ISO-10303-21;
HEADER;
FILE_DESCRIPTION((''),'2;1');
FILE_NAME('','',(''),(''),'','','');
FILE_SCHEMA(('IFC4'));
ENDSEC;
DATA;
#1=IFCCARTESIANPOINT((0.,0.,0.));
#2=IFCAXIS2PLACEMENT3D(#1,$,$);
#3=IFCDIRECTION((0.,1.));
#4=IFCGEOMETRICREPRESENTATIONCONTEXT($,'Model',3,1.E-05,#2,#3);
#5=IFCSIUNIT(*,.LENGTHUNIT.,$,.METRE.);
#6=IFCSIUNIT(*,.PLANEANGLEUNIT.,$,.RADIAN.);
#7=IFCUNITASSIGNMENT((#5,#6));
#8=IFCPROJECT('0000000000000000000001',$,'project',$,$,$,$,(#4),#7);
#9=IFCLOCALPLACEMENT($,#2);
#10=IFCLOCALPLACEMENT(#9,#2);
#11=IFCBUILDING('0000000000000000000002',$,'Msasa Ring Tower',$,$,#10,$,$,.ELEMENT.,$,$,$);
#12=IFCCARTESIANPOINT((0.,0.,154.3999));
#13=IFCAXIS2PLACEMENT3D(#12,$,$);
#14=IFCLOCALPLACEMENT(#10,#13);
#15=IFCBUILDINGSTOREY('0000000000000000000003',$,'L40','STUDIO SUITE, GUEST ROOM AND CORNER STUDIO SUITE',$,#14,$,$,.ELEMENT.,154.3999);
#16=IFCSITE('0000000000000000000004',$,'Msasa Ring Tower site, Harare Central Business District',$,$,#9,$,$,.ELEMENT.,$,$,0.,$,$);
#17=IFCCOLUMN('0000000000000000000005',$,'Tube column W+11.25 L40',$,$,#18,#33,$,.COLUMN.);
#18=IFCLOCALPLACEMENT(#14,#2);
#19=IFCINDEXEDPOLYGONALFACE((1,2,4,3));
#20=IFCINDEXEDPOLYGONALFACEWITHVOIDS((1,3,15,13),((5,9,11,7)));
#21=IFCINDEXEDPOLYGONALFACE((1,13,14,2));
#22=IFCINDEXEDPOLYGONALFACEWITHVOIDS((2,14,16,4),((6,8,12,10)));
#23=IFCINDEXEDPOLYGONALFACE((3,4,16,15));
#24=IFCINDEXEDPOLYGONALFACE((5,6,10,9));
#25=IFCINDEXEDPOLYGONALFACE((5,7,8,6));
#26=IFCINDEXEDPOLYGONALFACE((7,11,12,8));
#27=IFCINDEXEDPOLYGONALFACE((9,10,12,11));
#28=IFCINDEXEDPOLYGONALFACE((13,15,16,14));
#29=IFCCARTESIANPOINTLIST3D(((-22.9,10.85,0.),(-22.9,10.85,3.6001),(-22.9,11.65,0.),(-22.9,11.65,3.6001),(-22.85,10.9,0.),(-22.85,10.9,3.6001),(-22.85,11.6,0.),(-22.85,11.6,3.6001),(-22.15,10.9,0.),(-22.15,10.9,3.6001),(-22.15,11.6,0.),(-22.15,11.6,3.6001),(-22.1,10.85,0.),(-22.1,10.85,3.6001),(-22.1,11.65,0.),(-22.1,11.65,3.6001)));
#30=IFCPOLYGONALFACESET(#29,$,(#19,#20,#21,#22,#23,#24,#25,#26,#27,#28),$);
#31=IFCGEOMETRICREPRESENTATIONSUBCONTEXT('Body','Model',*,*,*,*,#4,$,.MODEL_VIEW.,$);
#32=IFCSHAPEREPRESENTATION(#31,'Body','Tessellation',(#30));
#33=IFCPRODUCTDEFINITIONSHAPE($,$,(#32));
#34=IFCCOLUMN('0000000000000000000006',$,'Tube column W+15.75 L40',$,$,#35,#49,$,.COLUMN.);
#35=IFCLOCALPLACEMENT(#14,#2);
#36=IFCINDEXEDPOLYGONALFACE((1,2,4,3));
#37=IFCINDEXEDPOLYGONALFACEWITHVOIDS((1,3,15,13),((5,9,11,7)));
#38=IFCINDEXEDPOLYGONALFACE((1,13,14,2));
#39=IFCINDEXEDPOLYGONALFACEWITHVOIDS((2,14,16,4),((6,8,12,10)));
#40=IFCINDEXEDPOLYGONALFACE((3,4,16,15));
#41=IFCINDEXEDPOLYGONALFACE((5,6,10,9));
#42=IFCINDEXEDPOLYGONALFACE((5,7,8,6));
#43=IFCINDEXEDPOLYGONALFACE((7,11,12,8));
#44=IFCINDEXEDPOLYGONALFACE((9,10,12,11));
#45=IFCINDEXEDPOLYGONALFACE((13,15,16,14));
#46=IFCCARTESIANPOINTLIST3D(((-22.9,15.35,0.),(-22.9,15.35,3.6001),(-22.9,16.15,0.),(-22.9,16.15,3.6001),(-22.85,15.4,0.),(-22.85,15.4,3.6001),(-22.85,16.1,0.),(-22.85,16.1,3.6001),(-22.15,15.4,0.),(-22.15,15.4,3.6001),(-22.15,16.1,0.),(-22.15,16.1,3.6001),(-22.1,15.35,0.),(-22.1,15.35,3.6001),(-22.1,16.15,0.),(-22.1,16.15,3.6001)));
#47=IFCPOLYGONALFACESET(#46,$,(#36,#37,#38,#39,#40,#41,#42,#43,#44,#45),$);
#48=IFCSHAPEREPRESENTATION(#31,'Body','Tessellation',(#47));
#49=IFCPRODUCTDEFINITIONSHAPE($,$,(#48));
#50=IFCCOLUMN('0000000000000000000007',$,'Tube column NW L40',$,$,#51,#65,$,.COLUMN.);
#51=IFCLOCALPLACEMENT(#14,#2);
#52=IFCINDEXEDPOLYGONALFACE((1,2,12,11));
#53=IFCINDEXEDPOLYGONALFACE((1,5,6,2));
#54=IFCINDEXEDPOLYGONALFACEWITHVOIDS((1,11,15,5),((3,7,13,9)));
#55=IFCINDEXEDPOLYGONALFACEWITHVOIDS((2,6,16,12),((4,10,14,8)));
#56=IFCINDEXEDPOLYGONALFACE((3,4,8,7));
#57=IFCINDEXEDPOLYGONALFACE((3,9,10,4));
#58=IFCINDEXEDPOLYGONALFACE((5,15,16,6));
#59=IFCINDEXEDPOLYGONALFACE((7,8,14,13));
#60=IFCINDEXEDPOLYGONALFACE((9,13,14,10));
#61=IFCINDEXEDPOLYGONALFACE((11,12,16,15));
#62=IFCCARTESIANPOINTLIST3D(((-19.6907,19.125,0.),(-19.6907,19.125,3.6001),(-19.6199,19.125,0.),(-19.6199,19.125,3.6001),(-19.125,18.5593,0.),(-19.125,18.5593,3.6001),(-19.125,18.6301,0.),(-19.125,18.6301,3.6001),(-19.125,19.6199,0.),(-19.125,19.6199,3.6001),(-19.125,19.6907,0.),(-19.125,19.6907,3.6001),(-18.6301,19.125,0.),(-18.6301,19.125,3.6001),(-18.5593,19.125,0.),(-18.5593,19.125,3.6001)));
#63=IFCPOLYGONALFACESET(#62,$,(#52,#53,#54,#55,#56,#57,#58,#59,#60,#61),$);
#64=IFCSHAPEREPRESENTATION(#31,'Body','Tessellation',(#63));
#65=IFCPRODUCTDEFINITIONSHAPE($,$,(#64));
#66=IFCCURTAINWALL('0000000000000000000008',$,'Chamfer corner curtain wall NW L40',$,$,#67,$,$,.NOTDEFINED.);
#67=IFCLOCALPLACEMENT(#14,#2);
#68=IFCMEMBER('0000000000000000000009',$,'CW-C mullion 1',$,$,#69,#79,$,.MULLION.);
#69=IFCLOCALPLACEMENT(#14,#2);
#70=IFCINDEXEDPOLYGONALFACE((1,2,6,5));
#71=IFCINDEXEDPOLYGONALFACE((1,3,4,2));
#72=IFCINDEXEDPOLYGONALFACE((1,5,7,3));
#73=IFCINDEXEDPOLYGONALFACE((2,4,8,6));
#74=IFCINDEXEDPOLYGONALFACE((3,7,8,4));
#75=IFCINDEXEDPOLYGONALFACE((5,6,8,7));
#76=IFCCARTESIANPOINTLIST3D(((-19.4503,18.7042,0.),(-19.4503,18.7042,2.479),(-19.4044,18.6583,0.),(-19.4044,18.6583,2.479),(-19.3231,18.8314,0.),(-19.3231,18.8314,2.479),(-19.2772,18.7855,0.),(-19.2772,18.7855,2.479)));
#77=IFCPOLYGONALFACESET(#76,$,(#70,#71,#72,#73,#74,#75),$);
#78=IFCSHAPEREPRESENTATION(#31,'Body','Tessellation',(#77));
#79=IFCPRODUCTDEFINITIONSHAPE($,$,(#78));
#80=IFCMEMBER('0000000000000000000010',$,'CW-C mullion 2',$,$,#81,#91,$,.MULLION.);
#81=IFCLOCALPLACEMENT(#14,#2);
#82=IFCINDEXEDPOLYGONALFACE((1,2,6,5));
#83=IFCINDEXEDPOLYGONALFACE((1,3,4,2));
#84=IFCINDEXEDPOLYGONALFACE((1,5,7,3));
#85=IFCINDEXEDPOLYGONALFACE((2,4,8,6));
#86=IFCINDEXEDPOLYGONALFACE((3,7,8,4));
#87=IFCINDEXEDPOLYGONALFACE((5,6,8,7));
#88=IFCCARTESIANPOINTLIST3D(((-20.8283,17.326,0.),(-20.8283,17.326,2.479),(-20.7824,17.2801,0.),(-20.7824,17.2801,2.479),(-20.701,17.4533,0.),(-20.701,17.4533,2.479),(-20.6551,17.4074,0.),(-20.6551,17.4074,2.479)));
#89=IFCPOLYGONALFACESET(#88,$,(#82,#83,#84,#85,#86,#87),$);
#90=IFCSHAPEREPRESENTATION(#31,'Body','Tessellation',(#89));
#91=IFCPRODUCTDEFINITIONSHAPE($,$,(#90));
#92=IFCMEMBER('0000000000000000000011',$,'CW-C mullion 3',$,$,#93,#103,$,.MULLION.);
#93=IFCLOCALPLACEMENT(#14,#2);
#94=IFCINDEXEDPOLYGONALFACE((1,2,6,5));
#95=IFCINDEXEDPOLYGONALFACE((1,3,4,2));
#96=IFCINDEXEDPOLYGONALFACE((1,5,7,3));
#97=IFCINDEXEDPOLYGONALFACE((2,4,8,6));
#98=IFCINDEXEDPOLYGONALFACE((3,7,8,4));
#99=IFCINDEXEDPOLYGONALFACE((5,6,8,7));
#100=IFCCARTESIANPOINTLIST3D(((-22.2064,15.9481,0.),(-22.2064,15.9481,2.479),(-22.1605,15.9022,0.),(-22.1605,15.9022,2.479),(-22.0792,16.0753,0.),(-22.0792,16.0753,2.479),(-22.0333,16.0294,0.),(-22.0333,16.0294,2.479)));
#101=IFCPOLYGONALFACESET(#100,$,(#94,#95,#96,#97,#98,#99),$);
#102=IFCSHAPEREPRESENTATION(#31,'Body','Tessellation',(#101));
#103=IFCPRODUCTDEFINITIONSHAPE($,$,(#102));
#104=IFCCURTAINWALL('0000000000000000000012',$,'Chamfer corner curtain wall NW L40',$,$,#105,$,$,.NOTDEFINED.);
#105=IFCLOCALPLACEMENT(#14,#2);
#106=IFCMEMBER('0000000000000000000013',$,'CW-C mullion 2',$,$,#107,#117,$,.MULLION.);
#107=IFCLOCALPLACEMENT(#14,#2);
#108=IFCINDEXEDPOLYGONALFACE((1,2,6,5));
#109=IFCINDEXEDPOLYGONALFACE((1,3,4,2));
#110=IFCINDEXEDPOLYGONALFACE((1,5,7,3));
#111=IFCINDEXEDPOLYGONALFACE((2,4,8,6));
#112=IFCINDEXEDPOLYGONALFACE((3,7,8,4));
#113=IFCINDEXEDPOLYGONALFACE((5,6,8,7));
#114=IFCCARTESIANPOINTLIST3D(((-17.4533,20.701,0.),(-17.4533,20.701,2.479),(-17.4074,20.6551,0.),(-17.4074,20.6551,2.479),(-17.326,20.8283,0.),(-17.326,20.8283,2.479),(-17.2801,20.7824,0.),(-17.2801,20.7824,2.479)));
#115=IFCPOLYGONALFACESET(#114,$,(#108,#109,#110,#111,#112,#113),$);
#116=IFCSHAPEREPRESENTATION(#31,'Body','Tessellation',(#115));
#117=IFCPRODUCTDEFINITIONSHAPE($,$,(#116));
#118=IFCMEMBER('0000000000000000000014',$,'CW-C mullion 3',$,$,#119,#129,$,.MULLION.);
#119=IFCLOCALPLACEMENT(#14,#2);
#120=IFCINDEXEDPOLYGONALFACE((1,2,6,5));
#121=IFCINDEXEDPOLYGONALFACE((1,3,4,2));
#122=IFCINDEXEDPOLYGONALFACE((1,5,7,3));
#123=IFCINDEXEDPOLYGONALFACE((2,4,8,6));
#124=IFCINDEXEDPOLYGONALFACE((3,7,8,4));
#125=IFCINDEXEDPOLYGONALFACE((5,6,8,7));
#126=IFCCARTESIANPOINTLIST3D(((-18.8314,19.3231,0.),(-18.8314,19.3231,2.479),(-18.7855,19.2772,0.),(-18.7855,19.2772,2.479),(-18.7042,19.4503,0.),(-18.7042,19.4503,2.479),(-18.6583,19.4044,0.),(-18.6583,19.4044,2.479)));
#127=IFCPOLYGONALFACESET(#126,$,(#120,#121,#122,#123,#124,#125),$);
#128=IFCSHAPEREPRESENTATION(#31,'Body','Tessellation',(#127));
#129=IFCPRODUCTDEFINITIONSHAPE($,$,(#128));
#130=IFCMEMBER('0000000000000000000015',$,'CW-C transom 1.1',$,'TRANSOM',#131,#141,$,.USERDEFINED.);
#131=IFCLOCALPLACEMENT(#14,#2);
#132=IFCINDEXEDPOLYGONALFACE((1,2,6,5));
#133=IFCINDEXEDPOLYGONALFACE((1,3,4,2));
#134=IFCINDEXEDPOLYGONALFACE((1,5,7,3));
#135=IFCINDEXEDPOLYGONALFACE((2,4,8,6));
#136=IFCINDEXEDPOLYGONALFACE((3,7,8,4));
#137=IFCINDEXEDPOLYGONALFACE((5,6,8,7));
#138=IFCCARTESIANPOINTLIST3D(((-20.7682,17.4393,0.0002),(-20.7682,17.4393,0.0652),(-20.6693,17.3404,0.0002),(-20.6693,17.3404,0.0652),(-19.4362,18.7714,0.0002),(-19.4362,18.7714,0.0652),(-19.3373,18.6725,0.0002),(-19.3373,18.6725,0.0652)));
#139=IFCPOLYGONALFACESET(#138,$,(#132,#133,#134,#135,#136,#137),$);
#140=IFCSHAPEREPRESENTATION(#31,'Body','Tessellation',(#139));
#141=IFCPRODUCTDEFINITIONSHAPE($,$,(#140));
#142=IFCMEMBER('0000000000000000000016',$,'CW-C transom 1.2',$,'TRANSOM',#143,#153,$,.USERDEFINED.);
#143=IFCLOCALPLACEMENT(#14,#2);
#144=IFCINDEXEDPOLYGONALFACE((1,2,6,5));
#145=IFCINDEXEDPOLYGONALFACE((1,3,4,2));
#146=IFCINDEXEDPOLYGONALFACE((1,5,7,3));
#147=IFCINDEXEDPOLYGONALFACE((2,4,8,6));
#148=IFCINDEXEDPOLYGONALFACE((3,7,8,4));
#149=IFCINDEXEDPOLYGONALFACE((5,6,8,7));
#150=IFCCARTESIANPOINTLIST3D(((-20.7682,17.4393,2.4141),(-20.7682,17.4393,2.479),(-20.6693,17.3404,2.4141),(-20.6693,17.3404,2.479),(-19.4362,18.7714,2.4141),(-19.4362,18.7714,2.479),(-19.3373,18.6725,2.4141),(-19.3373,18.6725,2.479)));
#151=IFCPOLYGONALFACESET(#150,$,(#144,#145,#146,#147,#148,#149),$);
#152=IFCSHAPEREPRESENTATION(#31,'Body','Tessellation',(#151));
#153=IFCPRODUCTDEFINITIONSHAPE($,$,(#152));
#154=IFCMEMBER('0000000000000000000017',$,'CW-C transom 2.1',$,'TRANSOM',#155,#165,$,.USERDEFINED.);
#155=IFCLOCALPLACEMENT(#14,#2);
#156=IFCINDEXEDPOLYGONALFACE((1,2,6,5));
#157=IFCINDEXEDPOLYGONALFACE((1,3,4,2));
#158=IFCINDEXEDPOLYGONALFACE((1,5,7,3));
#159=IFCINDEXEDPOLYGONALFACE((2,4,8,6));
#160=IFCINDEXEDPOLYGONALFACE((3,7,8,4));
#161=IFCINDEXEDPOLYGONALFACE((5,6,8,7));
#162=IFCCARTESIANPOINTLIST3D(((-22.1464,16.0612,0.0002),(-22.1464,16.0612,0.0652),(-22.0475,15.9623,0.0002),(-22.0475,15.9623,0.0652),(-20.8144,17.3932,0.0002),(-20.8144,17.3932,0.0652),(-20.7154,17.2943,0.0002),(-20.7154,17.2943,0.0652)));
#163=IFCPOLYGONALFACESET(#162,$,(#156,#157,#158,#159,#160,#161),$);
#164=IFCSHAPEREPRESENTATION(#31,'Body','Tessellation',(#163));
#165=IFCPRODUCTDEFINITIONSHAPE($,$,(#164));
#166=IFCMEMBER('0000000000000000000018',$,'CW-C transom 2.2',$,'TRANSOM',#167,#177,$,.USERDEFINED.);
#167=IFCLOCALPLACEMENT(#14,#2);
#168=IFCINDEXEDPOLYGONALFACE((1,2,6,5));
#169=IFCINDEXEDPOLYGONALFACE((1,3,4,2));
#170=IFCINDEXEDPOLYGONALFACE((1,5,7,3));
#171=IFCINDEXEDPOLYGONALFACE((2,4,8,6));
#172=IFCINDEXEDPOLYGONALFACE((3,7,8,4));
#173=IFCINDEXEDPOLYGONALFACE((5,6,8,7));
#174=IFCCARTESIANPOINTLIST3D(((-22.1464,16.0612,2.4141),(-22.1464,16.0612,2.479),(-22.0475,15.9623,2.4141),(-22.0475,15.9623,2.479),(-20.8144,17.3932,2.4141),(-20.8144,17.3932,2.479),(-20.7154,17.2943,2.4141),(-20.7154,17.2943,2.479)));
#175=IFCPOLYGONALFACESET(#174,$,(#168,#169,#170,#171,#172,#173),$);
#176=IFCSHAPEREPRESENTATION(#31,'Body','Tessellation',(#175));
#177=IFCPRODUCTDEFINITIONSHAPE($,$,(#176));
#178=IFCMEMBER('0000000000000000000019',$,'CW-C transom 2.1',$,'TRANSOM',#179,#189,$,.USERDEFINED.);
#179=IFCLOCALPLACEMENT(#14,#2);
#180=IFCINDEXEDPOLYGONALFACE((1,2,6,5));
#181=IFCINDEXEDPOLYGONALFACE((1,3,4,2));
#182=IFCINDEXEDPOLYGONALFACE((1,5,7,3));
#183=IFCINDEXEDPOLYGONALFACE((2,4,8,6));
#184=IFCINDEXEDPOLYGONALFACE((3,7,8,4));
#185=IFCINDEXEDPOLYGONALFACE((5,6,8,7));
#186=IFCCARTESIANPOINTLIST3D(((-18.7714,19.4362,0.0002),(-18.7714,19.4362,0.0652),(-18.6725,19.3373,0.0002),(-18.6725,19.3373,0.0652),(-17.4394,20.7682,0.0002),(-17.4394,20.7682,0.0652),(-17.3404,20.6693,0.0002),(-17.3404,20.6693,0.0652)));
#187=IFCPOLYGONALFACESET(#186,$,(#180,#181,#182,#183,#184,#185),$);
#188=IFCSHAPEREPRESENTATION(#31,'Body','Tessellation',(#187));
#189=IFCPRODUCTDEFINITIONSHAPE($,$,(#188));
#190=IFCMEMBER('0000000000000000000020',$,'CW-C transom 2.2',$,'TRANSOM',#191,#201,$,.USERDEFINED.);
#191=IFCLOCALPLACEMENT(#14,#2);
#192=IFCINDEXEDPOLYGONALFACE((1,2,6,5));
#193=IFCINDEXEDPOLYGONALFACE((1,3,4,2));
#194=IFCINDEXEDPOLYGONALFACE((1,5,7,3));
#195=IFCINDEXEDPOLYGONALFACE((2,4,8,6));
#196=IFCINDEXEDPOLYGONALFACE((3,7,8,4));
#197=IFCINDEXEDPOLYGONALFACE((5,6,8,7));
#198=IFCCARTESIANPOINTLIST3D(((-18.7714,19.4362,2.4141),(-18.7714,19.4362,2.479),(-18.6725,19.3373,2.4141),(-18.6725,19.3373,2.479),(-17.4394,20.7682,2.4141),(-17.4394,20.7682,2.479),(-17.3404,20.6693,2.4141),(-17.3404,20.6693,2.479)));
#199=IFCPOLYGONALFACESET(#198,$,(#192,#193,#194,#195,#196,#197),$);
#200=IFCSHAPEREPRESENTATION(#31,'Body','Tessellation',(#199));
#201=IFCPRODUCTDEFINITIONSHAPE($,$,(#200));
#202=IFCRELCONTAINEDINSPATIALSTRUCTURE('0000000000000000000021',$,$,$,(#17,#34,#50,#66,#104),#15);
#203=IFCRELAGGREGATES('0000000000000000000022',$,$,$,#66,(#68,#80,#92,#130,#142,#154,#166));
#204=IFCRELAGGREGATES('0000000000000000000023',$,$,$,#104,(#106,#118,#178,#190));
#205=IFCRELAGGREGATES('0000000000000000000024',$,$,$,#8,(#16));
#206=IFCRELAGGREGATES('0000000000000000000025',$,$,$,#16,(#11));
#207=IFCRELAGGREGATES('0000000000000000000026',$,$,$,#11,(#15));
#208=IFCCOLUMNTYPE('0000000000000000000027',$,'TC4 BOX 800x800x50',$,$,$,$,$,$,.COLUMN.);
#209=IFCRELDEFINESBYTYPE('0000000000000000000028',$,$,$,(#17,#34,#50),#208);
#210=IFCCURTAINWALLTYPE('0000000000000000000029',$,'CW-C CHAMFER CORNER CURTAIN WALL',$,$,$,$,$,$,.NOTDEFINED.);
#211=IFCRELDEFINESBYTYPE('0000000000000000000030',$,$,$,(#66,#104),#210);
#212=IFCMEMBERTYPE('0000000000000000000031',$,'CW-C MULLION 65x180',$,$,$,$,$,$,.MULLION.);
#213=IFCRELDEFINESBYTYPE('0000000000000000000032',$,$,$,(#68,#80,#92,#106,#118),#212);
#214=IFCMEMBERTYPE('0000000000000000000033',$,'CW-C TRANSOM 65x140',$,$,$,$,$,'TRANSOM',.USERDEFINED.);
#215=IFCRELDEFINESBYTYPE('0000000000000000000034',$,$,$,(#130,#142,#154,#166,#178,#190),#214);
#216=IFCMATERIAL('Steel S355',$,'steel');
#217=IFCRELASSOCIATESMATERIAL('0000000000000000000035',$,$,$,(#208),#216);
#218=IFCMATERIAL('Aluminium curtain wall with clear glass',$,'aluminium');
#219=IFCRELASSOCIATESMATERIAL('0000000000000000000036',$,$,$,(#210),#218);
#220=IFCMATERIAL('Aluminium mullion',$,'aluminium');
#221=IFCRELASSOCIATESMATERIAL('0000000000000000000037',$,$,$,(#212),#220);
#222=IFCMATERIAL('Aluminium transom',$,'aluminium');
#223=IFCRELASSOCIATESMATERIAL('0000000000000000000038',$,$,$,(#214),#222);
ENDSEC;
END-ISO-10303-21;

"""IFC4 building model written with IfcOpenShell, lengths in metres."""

from ifc_helpers import new_model, si_unit, direction, frame, origin, origin_2d, place, context, subcontext, project, spatial, rectangle, hollow_rectangle, extrude, material, material_profile, profile_set, type_object, element, aggregate, save


model = new_model("IFC4")

# Units and contexts
model_context = context("Model", 3, precision=1e-05, world=origin(), true_north=direction((0.0, 1.0)))
body_context = subcontext(model_context, "Body", "Model", "MODEL_VIEW")
ifc_project = project(units=[si_unit("LENGTHUNIT", "METRE"), si_unit("PLANEANGLEUNIT", "RADIAN")], contexts=[model_context])

# Site, building, storey
site_placement = place(None, origin())
site = spatial("IfcSite", under=ifc_project, at=site_placement, Name="Msasa Ring Tower site, Harare Central Business District", CompositionType="ELEMENT", RefElevation=0.0)
building_placement = place(site_placement, origin())
building = spatial("IfcBuilding", under=site, at=building_placement, Name="Msasa Ring Tower", CompositionType="ELEMENT")
storey_placement = place(building_placement, frame((0.0, 0.0, 154.3999)))
storey = spatial("IfcBuildingStorey", under=building, at=storey_placement, Name="L40", Description="STUDIO SUITE, GUEST ROOM AND CORNER STUDIO SUITE", CompositionType="ELEMENT", Elevation=154.3999)

# Columns
ifc_material_1 = material(Name="Steel S355", Category="steel")
ifc_material_profile_1 = material_profile(ifc_material_1, hollow_rectangle(XDim=0.8, YDim=0.8, WallThickness=0.05, at=origin_2d()), Name="BOX 800x800x50")
ifc_profile_set_1 = profile_set([ifc_material_profile_1], Name="Steel S355")
column_type = type_object("IfcColumnType", Name="TC4 BOX 800x800x50", PredefinedType="COLUMN", material=ifc_profile_set_1)
for number, where, z_axis, x_axis, name in (
    (1, (-22.5, 11.25, 0.0), (0.0, 0.0, 1.0), (1.0, 0.0, 0.0), "Tube column W+11.25 L40"),
    (2, (-22.5, 15.75, 0.0), (0.0, 0.0, 1.0), (1.0, 0.0, 0.0), "Tube column W+15.75 L40"),
    (3, (-19.125, 19.125, 0.0), (0.0, 0.0, 1.0), (0.707107, -0.707107, 0.0), "Tube column NW L40"),
):
    element("IfcColumn", number, at=place(storey_placement, frame(where, z_axis=z_axis, x_axis=x_axis)), inside=storey, type_object=column_type, Name=name, PredefinedType="COLUMN", context=body_context, shape_type="SweptSolid", body=[
        extrude(hollow_rectangle(XDim=0.8, YDim=0.8, WallThickness=0.05, at=origin_2d()), origin(), (0.0, 0.0, 1.0), 3.6001),
    ])

# Curtain walls, members
ifc_material_2 = material(Name="Aluminium curtain wall with clear glass", Category="aluminium")
curtain_wall_type = type_object("IfcCurtainWallType", Name="CW-C CHAMFER CORNER CURTAIN WALL", PredefinedType="NOTDEFINED", material=ifc_material_2)
curtain_wall_1_placement = place(storey_placement, origin())
curtain_wall_1 = element("IfcCurtainWall", 4, at=curtain_wall_1_placement, inside=storey, type_object=curtain_wall_type, Name="Chamfer corner curtain wall NW L40", PredefinedType="NOTDEFINED")
ifc_material_3 = material(Name="Aluminium mullion", Category="aluminium")
ifc_material_profile_2 = material_profile(ifc_material_3, rectangle(XDim=0.0649, YDim=0.1799, at=origin_2d()), Name="AL 65x180")
ifc_profile_set_2 = profile_set([ifc_material_profile_2], Name="Aluminium mullion")
member_type_1 = type_object("IfcMemberType", Name="CW-C MULLION 65x180", PredefinedType="MULLION", material=ifc_profile_set_2)
member_1_placement = place(storey_placement, frame((-19.3638, 18.7449, 0.0), z_axis=(0.0, 0.0, 1.0), x_axis=(0.707107, -0.707107, 0.0)))
member_1 = element("IfcMember", 5, at=member_1_placement, type_object=member_type_1, Name="CW-C mullion 1", PredefinedType="MULLION", context=body_context, shape_type="SweptSolid", body=[
    extrude(rectangle(XDim=0.0649, YDim=0.1799, at=origin_2d()), origin(), (0.0, 0.0, 1.0), 2.479),
])
member_2_placement = place(storey_placement, frame((-20.7417, 17.3667, 0.0), z_axis=(0.0, 0.0, 1.0), x_axis=(0.707107, -0.707107, 0.0)))
member_2 = element("IfcMember", 6, at=member_2_placement, type_object=member_type_1, Name="CW-C mullion 2", PredefinedType="MULLION", context=body_context, shape_type="SweptSolid", body=[
    extrude(rectangle(XDim=0.0649, YDim=0.1799, at=origin_2d()), origin(), (0.0, 0.0, 1.0), 2.479),
])
member_3_placement = place(storey_placement, frame((-22.1199, 15.9888, 0.0), z_axis=(0.0, 0.0, 1.0), x_axis=(0.707107, -0.707107, 0.0)))
member_3 = element("IfcMember", 7, at=member_3_placement, type_object=member_type_1, Name="CW-C mullion 3", PredefinedType="MULLION", context=body_context, shape_type="SweptSolid", body=[
    extrude(rectangle(XDim=0.0649, YDim=0.1799, at=origin_2d()), origin(), (0.0, 0.0, 1.0), 2.479),
])
curtain_wall_2_placement = place(storey_placement, origin())
curtain_wall_2 = element("IfcCurtainWall", 8, at=curtain_wall_2_placement, inside=storey, type_object=curtain_wall_type, Name="Chamfer corner curtain wall NW L40", PredefinedType="NOTDEFINED")
member_4_placement = place(storey_placement, frame((-17.3667, 20.7417, 0.0), z_axis=(0.0, 0.0, 1.0), x_axis=(0.707107, -0.707107, 0.0)))
member_4 = element("IfcMember", 9, at=member_4_placement, type_object=member_type_1, Name="CW-C mullion 2", PredefinedType="MULLION", context=body_context, shape_type="SweptSolid", body=[
    extrude(rectangle(XDim=0.0649, YDim=0.1799, at=origin_2d()), origin(), (0.0, 0.0, 1.0), 2.479),
])
member_5_placement = place(storey_placement, frame((-18.7449, 19.3638, 0.0), z_axis=(0.0, 0.0, 1.0), x_axis=(0.707107, -0.707107, 0.0)))
member_5 = element("IfcMember", 10, at=member_5_placement, type_object=member_type_1, Name="CW-C mullion 3", PredefinedType="MULLION", context=body_context, shape_type="SweptSolid", body=[
    extrude(rectangle(XDim=0.0649, YDim=0.1799, at=origin_2d()), origin(), (0.0, 0.0, 1.0), 2.479),
])

# Members
ifc_material_4 = material(Name="Aluminium transom", Category="aluminium")
ifc_material_profile_3 = material_profile(ifc_material_4, rectangle(XDim=0.1399, YDim=0.0649, at=origin_2d()), Name="AL 65x140")
ifc_profile_set_3 = profile_set([ifc_material_profile_3], Name="Aluminium transom")
member_type_2 = type_object("IfcMemberType", Name="CW-C TRANSOM 65x140", ElementType="TRANSOM", PredefinedType="USERDEFINED", material=ifc_profile_set_3)
member_6_placement = place(storey_placement, frame((-19.3867, 18.7219, 0.0327), z_axis=(-0.707107, -0.707107, 0.0), x_axis=(0.707107, -0.707107, 0.0)))
member_6 = element("IfcMember", 11, at=member_6_placement, type_object=member_type_2, Name="CW-C transom 1.1", ObjectType="TRANSOM", PredefinedType="USERDEFINED", context=body_context, shape_type="SweptSolid", body=[
    extrude(rectangle(XDim=0.1399, YDim=0.0649, at=origin_2d()), origin(), (0.0, 0.0, 1.0), 1.8838),
])
member_7_placement = place(storey_placement, frame((-19.3867, 18.7219, 2.4465), z_axis=(-0.707107, -0.707107, 0.0), x_axis=(0.707107, -0.707107, 0.0)))
member_7 = element("IfcMember", 12, at=member_7_placement, type_object=member_type_2, Name="CW-C transom 1.2", ObjectType="TRANSOM", PredefinedType="USERDEFINED", context=body_context, shape_type="SweptSolid", body=[
    extrude(rectangle(XDim=0.1399, YDim=0.0649, at=origin_2d()), origin(), (0.0, 0.0, 1.0), 1.8838),
])
member_8_placement = place(storey_placement, frame((-20.7649, 17.3438, 0.0327), z_axis=(-0.707107, -0.707107, 0.0), x_axis=(0.707107, -0.707107, 0.0)))
member_8 = element("IfcMember", 13, at=member_8_placement, type_object=member_type_2, Name="CW-C transom 2.1", ObjectType="TRANSOM", PredefinedType="USERDEFINED", context=body_context, shape_type="SweptSolid", body=[
    extrude(rectangle(XDim=0.1399, YDim=0.0649, at=origin_2d()), origin(), (0.0, 0.0, 1.0), 1.8838),
])
member_9_placement = place(storey_placement, frame((-20.7649, 17.3438, 2.4465), z_axis=(-0.707107, -0.707107, 0.0), x_axis=(0.707107, -0.707107, 0.0)))
member_9 = element("IfcMember", 14, at=member_9_placement, type_object=member_type_2, Name="CW-C transom 2.2", ObjectType="TRANSOM", PredefinedType="USERDEFINED", context=body_context, shape_type="SweptSolid", body=[
    extrude(rectangle(XDim=0.1399, YDim=0.0649, at=origin_2d()), origin(), (0.0, 0.0, 1.0), 1.8838),
])
member_10_placement = place(storey_placement, frame((-17.3899, 20.7188, 0.0327), z_axis=(-0.707107, -0.707107, 0.0), x_axis=(0.707107, -0.707107, 0.0)))
member_10 = element("IfcMember", 15, at=member_10_placement, type_object=member_type_2, Name="CW-C transom 2.1", ObjectType="TRANSOM", PredefinedType="USERDEFINED", context=body_context, shape_type="SweptSolid", body=[
    extrude(rectangle(XDim=0.1399, YDim=0.0649, at=origin_2d()), origin(), (0.0, 0.0, 1.0), 1.8838),
])
member_11_placement = place(storey_placement, frame((-17.3899, 20.7188, 2.4465), z_axis=(-0.707107, -0.707107, 0.0), x_axis=(0.707107, -0.707107, 0.0)))
member_11 = element("IfcMember", 16, at=member_11_placement, type_object=member_type_2, Name="CW-C transom 2.2", ObjectType="TRANSOM", PredefinedType="USERDEFINED", context=body_context, shape_type="SweptSolid", body=[
    extrude(rectangle(XDim=0.1399, YDim=0.0649, at=origin_2d()), origin(), (0.0, 0.0, 1.0), 1.8838),
])

aggregate(curtain_wall_1, [member_1, member_2, member_3, member_6, member_7, member_8, member_9])
aggregate(curtain_wall_2, [member_4, member_5, member_10, member_11])

save(model, "model.ifc")
